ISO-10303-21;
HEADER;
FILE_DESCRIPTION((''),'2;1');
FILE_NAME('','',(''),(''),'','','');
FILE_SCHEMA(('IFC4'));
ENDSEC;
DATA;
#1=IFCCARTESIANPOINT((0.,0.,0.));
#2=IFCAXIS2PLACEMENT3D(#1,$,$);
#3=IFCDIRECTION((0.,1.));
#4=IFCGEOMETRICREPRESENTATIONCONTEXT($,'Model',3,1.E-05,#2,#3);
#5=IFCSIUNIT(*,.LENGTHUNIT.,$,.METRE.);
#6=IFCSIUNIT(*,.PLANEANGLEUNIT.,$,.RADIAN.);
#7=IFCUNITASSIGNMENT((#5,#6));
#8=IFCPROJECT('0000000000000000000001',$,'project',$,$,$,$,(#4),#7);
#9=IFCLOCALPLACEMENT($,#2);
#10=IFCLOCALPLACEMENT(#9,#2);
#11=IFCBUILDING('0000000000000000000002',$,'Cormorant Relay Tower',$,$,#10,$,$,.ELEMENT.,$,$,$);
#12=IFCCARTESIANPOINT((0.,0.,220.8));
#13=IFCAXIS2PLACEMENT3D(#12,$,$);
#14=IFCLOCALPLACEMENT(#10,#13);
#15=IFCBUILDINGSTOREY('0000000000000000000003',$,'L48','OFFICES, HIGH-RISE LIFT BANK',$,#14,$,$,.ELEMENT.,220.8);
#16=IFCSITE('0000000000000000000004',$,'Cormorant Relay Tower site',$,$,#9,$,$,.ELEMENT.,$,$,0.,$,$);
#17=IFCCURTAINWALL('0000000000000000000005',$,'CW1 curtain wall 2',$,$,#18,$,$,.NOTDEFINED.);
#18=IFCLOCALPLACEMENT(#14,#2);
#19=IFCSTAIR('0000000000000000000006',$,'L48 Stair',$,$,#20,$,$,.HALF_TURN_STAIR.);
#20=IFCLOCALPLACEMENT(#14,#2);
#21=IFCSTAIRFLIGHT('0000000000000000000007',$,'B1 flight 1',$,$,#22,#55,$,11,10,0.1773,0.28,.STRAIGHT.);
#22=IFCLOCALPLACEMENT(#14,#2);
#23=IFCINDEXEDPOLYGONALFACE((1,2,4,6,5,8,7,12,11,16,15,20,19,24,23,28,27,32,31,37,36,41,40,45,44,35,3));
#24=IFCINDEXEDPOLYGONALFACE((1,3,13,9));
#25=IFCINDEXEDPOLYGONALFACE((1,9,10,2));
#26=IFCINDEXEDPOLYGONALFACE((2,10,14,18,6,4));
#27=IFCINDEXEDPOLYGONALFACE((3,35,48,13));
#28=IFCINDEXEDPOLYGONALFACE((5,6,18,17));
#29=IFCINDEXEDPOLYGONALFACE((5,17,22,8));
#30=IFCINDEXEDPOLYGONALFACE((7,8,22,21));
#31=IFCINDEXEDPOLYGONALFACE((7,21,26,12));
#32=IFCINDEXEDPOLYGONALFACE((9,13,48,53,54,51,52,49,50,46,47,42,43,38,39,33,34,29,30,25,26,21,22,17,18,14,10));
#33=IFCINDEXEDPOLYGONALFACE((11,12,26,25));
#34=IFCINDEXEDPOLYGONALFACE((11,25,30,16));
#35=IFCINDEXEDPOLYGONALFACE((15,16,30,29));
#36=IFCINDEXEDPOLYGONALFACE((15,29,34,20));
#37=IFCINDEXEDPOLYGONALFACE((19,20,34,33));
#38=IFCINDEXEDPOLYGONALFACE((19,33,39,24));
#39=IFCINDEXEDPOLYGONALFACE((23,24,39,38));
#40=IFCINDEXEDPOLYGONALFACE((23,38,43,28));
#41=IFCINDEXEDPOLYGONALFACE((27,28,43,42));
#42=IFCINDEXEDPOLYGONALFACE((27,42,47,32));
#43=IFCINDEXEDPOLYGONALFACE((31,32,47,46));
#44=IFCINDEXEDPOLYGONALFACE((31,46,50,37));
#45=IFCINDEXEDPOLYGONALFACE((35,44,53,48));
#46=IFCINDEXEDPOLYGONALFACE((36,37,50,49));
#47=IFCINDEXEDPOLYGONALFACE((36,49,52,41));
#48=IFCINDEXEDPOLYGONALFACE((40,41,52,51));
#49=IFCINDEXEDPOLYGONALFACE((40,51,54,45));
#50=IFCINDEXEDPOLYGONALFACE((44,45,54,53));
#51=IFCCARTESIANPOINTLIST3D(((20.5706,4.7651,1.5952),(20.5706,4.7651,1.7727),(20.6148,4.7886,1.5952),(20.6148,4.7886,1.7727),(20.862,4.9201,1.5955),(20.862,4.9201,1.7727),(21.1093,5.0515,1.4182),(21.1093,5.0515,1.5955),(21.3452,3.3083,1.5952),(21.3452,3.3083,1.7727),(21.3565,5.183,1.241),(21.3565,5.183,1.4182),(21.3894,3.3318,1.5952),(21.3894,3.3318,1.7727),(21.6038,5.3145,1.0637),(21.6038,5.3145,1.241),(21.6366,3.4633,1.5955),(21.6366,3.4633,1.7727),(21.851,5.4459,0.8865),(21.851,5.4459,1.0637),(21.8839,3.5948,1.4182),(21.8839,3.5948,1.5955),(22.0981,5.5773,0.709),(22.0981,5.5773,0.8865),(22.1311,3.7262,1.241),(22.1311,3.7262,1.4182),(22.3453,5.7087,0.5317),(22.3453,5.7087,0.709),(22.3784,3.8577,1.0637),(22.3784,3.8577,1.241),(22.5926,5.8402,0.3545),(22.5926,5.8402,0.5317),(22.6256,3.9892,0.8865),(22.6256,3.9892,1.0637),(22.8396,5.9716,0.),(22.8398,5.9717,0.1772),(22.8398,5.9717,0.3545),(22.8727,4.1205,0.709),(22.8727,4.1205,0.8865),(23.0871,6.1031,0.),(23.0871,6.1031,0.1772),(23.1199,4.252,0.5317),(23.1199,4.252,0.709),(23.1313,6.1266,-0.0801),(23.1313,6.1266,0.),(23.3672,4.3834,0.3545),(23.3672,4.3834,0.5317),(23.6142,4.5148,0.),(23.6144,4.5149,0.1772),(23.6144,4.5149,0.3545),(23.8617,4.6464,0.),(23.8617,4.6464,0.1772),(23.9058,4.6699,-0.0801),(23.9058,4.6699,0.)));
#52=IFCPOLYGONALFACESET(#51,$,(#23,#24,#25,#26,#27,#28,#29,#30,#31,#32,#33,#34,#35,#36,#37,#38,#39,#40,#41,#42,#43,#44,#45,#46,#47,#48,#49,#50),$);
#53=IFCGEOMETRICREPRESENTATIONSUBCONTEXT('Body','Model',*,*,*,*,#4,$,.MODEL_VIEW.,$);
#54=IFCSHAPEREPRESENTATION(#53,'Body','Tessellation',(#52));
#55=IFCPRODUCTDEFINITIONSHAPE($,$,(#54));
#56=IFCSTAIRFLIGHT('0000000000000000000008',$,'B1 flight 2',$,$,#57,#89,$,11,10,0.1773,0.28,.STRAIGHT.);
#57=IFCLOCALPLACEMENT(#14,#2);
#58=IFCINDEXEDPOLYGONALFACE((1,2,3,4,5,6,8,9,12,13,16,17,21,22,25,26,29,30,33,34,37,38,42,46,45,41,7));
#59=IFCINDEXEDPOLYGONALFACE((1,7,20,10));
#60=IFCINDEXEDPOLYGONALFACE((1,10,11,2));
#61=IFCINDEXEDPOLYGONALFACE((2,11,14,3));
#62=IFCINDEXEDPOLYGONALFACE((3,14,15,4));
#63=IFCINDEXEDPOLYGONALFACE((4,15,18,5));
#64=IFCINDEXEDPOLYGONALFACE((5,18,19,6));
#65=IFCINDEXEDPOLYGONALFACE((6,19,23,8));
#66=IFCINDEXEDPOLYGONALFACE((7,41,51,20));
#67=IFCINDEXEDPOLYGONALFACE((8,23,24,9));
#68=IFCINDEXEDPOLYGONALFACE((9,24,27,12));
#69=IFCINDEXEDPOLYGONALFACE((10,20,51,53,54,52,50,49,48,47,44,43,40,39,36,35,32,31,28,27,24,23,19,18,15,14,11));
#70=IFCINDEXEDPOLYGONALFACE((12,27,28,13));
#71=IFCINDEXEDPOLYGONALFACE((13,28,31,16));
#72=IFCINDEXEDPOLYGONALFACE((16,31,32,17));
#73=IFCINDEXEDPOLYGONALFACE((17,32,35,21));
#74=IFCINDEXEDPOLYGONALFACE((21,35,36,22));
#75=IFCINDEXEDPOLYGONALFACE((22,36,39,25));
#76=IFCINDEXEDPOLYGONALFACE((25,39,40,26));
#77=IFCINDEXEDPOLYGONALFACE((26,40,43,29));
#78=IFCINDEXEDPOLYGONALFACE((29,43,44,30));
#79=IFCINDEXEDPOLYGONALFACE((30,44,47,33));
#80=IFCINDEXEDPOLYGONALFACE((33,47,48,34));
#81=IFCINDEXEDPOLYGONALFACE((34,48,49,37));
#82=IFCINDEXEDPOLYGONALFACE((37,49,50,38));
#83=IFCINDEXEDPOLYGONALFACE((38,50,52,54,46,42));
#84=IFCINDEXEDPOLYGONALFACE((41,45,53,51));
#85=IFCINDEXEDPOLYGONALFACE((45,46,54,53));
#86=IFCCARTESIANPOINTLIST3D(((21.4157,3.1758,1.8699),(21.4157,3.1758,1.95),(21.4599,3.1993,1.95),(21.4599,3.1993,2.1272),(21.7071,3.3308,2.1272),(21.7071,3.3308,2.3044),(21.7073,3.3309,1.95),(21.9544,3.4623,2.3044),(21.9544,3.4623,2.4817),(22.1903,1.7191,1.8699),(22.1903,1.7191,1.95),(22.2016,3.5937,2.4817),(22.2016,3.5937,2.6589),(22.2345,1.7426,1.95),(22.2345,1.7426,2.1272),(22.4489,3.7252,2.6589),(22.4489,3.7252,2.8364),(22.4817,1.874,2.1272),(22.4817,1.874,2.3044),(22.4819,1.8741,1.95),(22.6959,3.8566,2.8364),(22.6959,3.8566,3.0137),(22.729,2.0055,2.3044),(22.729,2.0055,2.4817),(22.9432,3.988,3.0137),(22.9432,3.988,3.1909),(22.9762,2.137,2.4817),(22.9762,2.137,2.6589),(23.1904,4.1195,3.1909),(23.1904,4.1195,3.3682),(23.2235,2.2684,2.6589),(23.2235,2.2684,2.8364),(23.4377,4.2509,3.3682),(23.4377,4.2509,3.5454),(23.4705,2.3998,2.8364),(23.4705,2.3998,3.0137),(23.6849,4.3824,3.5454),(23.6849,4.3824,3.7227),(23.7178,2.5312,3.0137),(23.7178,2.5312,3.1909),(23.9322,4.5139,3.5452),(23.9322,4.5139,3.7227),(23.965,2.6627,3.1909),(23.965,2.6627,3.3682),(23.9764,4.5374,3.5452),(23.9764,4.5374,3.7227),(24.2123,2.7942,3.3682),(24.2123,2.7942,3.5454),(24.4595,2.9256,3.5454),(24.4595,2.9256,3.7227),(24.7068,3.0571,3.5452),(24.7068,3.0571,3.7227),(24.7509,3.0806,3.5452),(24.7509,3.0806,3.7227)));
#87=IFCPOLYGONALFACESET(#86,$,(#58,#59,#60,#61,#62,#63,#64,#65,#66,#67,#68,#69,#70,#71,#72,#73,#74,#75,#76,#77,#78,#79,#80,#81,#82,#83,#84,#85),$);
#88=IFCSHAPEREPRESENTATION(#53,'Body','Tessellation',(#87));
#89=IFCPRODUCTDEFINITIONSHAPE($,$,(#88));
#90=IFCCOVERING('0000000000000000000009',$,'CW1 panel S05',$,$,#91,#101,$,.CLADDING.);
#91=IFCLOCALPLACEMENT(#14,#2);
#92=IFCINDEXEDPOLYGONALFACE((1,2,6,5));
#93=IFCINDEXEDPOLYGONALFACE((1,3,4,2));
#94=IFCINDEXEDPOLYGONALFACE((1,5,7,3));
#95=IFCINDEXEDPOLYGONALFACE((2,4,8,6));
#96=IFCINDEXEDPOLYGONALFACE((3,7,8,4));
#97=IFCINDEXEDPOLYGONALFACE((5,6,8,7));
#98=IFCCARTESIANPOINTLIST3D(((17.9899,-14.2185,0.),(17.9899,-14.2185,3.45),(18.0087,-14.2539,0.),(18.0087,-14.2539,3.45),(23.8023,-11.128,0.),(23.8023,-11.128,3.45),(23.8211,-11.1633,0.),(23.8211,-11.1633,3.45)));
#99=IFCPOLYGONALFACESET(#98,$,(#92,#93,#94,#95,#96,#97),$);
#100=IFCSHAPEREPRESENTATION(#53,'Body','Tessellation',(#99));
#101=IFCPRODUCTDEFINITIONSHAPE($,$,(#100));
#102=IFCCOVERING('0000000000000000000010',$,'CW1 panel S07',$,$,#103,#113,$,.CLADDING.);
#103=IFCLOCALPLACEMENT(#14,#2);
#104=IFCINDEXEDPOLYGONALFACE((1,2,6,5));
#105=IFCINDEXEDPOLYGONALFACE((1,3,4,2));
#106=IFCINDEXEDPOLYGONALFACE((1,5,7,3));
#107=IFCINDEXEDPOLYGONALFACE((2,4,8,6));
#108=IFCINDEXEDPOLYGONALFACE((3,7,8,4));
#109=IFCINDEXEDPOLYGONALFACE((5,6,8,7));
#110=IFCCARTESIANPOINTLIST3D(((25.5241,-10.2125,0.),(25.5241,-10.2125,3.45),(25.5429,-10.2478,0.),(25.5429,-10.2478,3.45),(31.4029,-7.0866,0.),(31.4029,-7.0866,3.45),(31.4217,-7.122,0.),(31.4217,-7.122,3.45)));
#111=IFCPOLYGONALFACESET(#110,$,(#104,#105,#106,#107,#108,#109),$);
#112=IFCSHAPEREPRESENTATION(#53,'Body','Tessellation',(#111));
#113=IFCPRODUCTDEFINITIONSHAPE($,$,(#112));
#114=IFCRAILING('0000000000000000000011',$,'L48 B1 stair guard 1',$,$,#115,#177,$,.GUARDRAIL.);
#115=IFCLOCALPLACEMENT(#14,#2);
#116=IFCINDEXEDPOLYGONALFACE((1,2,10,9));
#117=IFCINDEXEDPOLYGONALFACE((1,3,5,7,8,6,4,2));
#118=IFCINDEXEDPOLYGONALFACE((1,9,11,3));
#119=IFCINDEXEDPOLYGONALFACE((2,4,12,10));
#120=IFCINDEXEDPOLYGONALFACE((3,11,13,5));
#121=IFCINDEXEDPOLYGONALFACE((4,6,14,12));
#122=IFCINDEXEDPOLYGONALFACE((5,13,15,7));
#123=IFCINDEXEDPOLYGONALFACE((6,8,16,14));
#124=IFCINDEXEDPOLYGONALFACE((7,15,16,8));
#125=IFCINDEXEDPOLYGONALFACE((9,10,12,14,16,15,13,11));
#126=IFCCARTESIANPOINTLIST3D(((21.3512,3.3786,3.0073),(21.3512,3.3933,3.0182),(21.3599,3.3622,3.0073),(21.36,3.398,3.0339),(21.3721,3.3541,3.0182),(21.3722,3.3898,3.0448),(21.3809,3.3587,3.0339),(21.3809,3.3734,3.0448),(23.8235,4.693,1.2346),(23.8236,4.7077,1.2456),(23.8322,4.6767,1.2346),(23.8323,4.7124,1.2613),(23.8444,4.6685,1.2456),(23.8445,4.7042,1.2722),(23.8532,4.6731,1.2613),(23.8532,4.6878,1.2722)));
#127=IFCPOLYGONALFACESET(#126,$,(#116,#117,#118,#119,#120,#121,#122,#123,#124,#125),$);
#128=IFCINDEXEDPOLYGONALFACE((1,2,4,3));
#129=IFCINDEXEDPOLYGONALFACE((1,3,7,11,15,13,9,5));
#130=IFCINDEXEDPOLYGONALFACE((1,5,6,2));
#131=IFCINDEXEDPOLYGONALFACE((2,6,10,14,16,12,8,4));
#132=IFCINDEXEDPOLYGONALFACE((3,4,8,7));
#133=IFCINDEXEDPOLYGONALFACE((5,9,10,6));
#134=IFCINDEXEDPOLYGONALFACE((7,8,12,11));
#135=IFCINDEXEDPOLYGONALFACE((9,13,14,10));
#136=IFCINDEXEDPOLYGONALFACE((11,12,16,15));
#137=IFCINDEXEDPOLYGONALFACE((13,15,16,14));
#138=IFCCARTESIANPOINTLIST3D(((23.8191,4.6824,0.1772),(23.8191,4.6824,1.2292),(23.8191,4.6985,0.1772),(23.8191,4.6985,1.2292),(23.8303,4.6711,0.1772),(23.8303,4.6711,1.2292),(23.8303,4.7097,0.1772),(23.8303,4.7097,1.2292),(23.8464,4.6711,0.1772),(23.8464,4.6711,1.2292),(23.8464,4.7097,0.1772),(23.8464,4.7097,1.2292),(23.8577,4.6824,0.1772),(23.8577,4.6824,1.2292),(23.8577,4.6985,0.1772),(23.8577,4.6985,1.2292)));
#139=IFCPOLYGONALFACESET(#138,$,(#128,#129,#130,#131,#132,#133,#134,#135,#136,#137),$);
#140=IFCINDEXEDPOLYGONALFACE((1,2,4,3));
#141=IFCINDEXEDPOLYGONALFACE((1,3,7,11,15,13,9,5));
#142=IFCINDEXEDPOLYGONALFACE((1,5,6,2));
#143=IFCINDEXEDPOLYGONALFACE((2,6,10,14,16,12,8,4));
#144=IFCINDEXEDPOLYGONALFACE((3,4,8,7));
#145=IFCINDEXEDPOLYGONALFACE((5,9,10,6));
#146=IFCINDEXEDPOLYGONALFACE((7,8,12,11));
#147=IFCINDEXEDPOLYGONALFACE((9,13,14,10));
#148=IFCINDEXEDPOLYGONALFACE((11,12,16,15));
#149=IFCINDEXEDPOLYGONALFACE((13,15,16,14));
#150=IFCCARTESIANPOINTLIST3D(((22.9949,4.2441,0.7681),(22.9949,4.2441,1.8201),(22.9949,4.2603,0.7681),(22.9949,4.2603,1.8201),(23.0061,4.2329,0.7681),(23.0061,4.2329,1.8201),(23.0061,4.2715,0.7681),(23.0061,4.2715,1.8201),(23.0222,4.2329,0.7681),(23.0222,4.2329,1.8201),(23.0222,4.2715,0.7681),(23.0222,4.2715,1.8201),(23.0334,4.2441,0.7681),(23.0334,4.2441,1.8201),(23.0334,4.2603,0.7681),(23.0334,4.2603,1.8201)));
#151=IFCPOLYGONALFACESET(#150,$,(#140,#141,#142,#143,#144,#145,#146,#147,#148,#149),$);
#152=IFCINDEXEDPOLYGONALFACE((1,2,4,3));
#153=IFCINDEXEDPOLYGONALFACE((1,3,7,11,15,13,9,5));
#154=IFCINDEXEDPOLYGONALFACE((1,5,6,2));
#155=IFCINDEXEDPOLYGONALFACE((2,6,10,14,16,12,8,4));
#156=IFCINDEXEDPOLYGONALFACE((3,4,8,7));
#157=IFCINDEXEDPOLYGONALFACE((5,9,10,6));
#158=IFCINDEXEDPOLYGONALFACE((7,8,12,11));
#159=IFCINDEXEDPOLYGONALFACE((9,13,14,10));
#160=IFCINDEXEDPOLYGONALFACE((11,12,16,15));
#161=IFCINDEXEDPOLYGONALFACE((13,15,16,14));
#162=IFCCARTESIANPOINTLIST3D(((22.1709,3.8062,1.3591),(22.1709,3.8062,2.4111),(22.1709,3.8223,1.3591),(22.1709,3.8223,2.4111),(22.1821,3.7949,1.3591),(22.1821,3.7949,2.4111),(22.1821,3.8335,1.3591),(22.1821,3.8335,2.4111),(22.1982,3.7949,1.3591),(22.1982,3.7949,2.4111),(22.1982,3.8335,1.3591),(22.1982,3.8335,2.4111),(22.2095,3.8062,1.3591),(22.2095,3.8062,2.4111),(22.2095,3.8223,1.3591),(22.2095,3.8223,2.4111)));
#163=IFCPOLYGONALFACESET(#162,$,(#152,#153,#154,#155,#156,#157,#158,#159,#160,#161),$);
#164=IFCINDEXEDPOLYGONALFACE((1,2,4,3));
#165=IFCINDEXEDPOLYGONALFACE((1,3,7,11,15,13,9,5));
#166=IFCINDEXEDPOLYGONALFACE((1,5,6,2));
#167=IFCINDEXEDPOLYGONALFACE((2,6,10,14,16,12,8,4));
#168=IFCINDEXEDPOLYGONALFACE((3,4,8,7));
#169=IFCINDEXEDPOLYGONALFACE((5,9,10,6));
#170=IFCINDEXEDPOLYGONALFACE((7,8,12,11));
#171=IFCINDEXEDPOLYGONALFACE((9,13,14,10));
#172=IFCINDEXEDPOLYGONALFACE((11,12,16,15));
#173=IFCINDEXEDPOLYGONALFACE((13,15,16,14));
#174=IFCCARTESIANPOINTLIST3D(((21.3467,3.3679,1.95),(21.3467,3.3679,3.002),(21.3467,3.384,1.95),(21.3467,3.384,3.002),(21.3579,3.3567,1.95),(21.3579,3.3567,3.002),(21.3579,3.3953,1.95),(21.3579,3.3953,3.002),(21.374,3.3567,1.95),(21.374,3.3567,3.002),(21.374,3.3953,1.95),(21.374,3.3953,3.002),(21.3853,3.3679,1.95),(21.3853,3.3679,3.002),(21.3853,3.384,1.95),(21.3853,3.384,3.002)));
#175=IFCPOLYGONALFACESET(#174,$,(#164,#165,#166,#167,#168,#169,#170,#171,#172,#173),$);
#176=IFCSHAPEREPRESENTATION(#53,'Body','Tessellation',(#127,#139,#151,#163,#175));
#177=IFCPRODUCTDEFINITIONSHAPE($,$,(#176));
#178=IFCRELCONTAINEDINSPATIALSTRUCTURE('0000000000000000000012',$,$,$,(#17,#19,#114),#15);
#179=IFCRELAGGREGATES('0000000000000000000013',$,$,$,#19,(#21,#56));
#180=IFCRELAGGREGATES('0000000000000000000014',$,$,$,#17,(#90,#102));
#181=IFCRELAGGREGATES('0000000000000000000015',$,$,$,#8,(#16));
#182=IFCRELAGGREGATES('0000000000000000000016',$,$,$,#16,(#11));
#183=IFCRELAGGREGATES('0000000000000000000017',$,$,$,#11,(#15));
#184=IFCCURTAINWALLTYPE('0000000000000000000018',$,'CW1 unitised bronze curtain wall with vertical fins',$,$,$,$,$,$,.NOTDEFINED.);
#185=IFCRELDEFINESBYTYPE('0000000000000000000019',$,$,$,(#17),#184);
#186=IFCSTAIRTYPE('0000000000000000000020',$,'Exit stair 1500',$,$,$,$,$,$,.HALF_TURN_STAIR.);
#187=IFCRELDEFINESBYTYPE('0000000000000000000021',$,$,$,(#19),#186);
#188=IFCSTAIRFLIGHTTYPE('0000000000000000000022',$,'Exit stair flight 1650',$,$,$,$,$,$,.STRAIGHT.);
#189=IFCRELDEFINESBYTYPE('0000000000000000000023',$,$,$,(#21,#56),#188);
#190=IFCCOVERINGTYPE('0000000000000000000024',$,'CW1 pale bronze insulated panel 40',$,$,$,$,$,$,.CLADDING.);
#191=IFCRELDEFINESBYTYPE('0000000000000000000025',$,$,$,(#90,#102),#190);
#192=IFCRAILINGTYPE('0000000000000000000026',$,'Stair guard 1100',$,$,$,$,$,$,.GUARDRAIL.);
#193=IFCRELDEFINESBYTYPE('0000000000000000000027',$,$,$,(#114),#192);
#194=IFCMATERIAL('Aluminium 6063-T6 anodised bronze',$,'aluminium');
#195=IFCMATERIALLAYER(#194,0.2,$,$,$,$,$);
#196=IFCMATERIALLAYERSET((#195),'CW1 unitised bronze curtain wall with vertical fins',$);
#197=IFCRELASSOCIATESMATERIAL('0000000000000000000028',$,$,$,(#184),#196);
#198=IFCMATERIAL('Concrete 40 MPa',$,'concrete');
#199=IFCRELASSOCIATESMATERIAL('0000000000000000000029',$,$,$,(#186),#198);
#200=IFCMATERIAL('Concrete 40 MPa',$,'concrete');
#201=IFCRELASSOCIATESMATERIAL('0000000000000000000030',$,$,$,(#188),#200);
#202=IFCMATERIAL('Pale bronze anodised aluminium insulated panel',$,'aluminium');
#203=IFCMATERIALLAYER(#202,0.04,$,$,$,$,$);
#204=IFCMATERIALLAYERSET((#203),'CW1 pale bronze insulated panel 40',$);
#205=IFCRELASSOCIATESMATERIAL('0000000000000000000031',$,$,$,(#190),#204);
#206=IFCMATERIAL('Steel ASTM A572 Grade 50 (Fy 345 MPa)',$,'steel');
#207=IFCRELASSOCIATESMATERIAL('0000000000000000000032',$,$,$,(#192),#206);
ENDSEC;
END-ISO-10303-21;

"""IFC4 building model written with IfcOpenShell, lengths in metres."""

from ifc_helpers import new_model, si_unit, direction, frame, origin, origin_2d, place, context, subcontext, project, spatial, polyline, rectangle, outline, extrude, material, layer, layer_set, type_object, element, aggregate, save


model = new_model("IFC4")

# Units and contexts
model_context = context("Model", 3, precision=1e-05, world=origin(), true_north=direction((0.0, 1.0)))
body_context = subcontext(model_context, "Body", "Model", "MODEL_VIEW")
ifc_project = project(units=[si_unit("LENGTHUNIT", "METRE"), si_unit("PLANEANGLEUNIT", "RADIAN")], contexts=[model_context])

# Site, building, storey
site_placement = place(None, origin())
site = spatial("IfcSite", under=ifc_project, at=site_placement, Name="Cormorant Relay Tower site", CompositionType="ELEMENT", RefElevation=0.0)
building_placement = place(site_placement, origin())
building = spatial("IfcBuilding", under=site, at=building_placement, Name="Cormorant Relay Tower", CompositionType="ELEMENT")
storey_placement = place(building_placement, frame((0.0, 0.0, 220.8)))
storey = spatial("IfcBuildingStorey", under=building, at=storey_placement, Name="L48", Description="OFFICES, HIGH-RISE LIFT BANK", CompositionType="ELEMENT", Elevation=220.8)

# Curtain wall
ifc_material_1 = material(Name="Aluminium 6063-T6 anodised bronze", Category="aluminium")
ifc_layer_1 = layer(ifc_material_1, 0.2)
ifc_layer_set_1 = layer_set([ifc_layer_1], Name="CW1 unitised bronze curtain wall with vertical fins")
curtain_wall_type = type_object("IfcCurtainWallType", Name="CW1 unitised bronze curtain wall with vertical fins", PredefinedType="NOTDEFINED", material=ifc_layer_set_1)
curtain_wall_placement = place(storey_placement, origin())
curtain_wall = element("IfcCurtainWall", 1, at=curtain_wall_placement, inside=storey, type_object=curtain_wall_type, Name="CW1 curtain wall 2", PredefinedType="NOTDEFINED")

# Stair, stair flights
ifc_material_2 = material(Name="Concrete 40 MPa", Category="concrete")
stair_type = type_object("IfcStairType", Name="Exit stair 1500", PredefinedType="HALF_TURN_STAIR", material=ifc_material_2)
stair_placement = place(storey_placement, origin())
stair = element("IfcStair", 2, at=stair_placement, inside=storey, type_object=stair_type, Name="L48 Stair", PredefinedType="HALF_TURN_STAIR")
ifc_material_3 = material(Name="Concrete 40 MPa", Category="concrete")
stair_flight_type = type_object("IfcStairFlightType", Name="Exit stair flight 1650", PredefinedType="STRAIGHT", material=ifc_material_3)
stair_flight_1_placement = place(storey_placement, frame((23.4744, 5.3748, 0.0), z_axis=(0.0, 0.0, 1.0), x_axis=(-0.882948, -0.469472, 0.0)))
stair_flight_1 = element("IfcStairFlight", 3, at=stair_flight_1_placement, type_object=stair_flight_type, Name="B1 flight 1", NumberOfRisers=11, NumberOfTreads=10, PredefinedType="STRAIGHT", RiserHeight=0.1773, TreadLength=0.28, context=body_context, shape_type="SweptSolid", body=[
    extrude(outline(polyline([(-0.05, -0.0801), (-0.05, 0.0), (0.0, 0.0), (0.0, 0.1772), (0.28, 0.1772), (0.28, 0.3545), (0.5601, 0.3545), (0.5601, 0.5317), (0.8401, 0.5317), (0.8401, 0.709), (1.1201, 0.709), (1.1201, 0.8865), (1.3999, 0.8865), (1.3999, 1.0637), (1.6799, 1.0637), (1.6799, 1.241), (1.96, 1.241), (1.96, 1.4182), (2.24, 1.4182), (2.24, 1.5955), (2.52, 1.5955), (2.52, 1.7727), (2.8, 1.7727), (2.8501, 1.7727), (2.8501, 1.5952), (2.8, 1.5952), (0.2803, 0.0), (-0.05, -0.0801)])), frame((0.0, 0.825, 0.0), z_axis=(0.0, -1.0, 0.0), x_axis=(1.0, 0.0, 0.0)), (0.0, 0.0, 1.0), 1.6499),
])
stair_flight_2_placement = place(storey_placement, frame((21.8472, 2.4709, 1.95), z_axis=(0.0, 0.0, 1.0), x_axis=(0.882948, 0.469472, 0.0)))
stair_flight_2 = element("IfcStairFlight", 4, at=stair_flight_2_placement, type_object=stair_flight_type, Name="B1 flight 2", NumberOfRisers=11, NumberOfTreads=10, PredefinedType="STRAIGHT", RiserHeight=0.1773, TreadLength=0.28, context=body_context, shape_type="SweptSolid", body=[
    extrude(outline(polyline([(-0.05, -0.0801), (-0.05, 0.0), (0.0, 0.0), (0.0, 0.1772), (0.28, 0.1772), (0.28, 0.3545), (0.5601, 0.3545), (0.5601, 0.5317), (0.8401, 0.5317), (0.8401, 0.709), (1.1201, 0.709), (1.1201, 0.8865), (1.3999, 0.8865), (1.3999, 1.0637), (1.6799, 1.0637), (1.6799, 1.241), (1.96, 1.241), (1.96, 1.4182), (2.24, 1.4182), (2.24, 1.5955), (2.52, 1.5955), (2.52, 1.7727), (2.8, 1.7727), (2.8501, 1.7727), (2.8501, 1.5952), (2.8, 1.5952), (0.2803, 0.0), (-0.05, -0.0801)])), frame((0.0, 0.825, 0.0), z_axis=(0.0, -1.0, 0.0), x_axis=(1.0, 0.0, 0.0)), (0.0, 0.0, 1.0), 1.6499),
])
aggregate(stair, [stair_flight_1, stair_flight_2])

# Coverings
ifc_material_4 = material(Name="Pale bronze anodised aluminium insulated panel", Category="aluminium")
ifc_layer_2 = layer(ifc_material_4, 0.04)
ifc_layer_set_2 = layer_set([ifc_layer_2], Name="CW1 pale bronze insulated panel 40")
covering_type = type_object("IfcCoveringType", Name="CW1 pale bronze insulated panel 40", PredefinedType="CLADDING", material=ifc_layer_set_2)
covering_1_placement = place(storey_placement, frame((20.9055, -12.6909, 0.0), z_axis=(0.0, 0.0, 1.0), x_axis=(0.882948, 0.469472, 0.0)))
covering_1 = element("IfcCovering", 5, at=covering_1_placement, type_object=covering_type, Name="CW1 panel S05", PredefinedType="CLADDING", context=body_context, shape_type="SweptSolid", body=[
    extrude(rectangle(XDim=6.583, YDim=0.04, at=origin_2d()), origin(), (0.0, 0.0, 1.0), 3.45),
])
covering_2_placement = place(storey_placement, frame((28.4729, -8.6672, 0.0), z_axis=(0.0, 0.0, 1.0), x_axis=(0.882948, 0.469472, 0.0)))
covering_2 = element("IfcCovering", 6, at=covering_2_placement, type_object=covering_type, Name="CW1 panel S07", PredefinedType="CLADDING", context=body_context, shape_type="SweptSolid", body=[
    extrude(rectangle(XDim=6.6582, YDim=0.04, at=origin_2d()), origin(), (0.0, 0.0, 1.0), 3.45),
])
aggregate(curtain_wall, [covering_1, covering_2])

# Railing
ifc_material_5 = material(Name="Steel ASTM A572 Grade 50 (Fy 345 MPa)", Category="steel")
railing_type_1 = type_object("IfcRailingType", Name="Stair guard 1100", PredefinedType="GUARDRAIL", material=ifc_material_5)
railing_1_placement = place(storey_placement, frame((23.8384, 4.6904, 0.1772)))
element("IfcRailing", 7, at=railing_1_placement, inside=storey, type_object=railing_type_1, Name="L48 B1 stair guard 1", PredefinedType="GUARDRAIL", context=body_context, shape_type="SweptSolid", body=[
    extrude(outline(polyline([(0.0222, 0.0093), (0.0093, 0.0222), (-0.0093, 0.0222), (-0.0222, 0.0093), (-0.0222, -0.0093), (-0.0093, -0.0222), (0.0093, -0.0222), (0.0222, -0.0093), (0.0222, 0.0093)])), frame((0.0, 0.0, 1.0762), z_axis=(-0.746034, -0.396627, 0.534902), x_axis=(0.469429, -0.88297, 0.0)), (0.0, 0.0, 1.0), 3.314),
    extrude(outline(polyline([(0.0193, 0.0081), (0.0081, 0.0193), (-0.0081, 0.0193), (-0.0193, 0.0081), (-0.0193, -0.0081), (-0.0081, -0.0193), (0.0081, -0.0193), (0.0193, -0.0081), (0.0193, 0.0081)])), origin(), (0.0, 0.0, 1.0), 1.052),
    extrude(outline(polyline([(0.0193, 0.0081), (0.0081, 0.0193), (-0.0081, 0.0193), (-0.0193, 0.0081), (-0.0193, -0.0081), (-0.0081, -0.0193), (0.0081, -0.0193), (0.0193, -0.0081), (0.0193, 0.0081)])), frame((-0.8242, -0.4382, 0.5908)), (0.0, 0.0, 1.0), 1.052),
    extrude(outline(polyline([(0.0193, 0.0081), (0.0081, 0.0193), (-0.0081, 0.0193), (-0.0193, 0.0081), (-0.0193, -0.0081), (-0.0081, -0.0193), (0.0081, -0.0193), (0.0193, -0.0081), (0.0193, 0.0081)])), frame((-1.6482, -0.8762, 1.1819)), (0.0, 0.0, 1.0), 1.052),
    extrude(outline(polyline([(0.0193, 0.0081), (0.0081, 0.0193), (-0.0081, 0.0193), (-0.0193, 0.0081), (-0.0193, -0.0081), (-0.0081, -0.0193), (0.0081, -0.0193), (0.0193, -0.0081), (0.0193, 0.0081)])), frame((-2.4724, -1.3145, 1.7727)), (0.0, 0.0, 1.0), 1.052),
])

save(model, "model.ifc")
